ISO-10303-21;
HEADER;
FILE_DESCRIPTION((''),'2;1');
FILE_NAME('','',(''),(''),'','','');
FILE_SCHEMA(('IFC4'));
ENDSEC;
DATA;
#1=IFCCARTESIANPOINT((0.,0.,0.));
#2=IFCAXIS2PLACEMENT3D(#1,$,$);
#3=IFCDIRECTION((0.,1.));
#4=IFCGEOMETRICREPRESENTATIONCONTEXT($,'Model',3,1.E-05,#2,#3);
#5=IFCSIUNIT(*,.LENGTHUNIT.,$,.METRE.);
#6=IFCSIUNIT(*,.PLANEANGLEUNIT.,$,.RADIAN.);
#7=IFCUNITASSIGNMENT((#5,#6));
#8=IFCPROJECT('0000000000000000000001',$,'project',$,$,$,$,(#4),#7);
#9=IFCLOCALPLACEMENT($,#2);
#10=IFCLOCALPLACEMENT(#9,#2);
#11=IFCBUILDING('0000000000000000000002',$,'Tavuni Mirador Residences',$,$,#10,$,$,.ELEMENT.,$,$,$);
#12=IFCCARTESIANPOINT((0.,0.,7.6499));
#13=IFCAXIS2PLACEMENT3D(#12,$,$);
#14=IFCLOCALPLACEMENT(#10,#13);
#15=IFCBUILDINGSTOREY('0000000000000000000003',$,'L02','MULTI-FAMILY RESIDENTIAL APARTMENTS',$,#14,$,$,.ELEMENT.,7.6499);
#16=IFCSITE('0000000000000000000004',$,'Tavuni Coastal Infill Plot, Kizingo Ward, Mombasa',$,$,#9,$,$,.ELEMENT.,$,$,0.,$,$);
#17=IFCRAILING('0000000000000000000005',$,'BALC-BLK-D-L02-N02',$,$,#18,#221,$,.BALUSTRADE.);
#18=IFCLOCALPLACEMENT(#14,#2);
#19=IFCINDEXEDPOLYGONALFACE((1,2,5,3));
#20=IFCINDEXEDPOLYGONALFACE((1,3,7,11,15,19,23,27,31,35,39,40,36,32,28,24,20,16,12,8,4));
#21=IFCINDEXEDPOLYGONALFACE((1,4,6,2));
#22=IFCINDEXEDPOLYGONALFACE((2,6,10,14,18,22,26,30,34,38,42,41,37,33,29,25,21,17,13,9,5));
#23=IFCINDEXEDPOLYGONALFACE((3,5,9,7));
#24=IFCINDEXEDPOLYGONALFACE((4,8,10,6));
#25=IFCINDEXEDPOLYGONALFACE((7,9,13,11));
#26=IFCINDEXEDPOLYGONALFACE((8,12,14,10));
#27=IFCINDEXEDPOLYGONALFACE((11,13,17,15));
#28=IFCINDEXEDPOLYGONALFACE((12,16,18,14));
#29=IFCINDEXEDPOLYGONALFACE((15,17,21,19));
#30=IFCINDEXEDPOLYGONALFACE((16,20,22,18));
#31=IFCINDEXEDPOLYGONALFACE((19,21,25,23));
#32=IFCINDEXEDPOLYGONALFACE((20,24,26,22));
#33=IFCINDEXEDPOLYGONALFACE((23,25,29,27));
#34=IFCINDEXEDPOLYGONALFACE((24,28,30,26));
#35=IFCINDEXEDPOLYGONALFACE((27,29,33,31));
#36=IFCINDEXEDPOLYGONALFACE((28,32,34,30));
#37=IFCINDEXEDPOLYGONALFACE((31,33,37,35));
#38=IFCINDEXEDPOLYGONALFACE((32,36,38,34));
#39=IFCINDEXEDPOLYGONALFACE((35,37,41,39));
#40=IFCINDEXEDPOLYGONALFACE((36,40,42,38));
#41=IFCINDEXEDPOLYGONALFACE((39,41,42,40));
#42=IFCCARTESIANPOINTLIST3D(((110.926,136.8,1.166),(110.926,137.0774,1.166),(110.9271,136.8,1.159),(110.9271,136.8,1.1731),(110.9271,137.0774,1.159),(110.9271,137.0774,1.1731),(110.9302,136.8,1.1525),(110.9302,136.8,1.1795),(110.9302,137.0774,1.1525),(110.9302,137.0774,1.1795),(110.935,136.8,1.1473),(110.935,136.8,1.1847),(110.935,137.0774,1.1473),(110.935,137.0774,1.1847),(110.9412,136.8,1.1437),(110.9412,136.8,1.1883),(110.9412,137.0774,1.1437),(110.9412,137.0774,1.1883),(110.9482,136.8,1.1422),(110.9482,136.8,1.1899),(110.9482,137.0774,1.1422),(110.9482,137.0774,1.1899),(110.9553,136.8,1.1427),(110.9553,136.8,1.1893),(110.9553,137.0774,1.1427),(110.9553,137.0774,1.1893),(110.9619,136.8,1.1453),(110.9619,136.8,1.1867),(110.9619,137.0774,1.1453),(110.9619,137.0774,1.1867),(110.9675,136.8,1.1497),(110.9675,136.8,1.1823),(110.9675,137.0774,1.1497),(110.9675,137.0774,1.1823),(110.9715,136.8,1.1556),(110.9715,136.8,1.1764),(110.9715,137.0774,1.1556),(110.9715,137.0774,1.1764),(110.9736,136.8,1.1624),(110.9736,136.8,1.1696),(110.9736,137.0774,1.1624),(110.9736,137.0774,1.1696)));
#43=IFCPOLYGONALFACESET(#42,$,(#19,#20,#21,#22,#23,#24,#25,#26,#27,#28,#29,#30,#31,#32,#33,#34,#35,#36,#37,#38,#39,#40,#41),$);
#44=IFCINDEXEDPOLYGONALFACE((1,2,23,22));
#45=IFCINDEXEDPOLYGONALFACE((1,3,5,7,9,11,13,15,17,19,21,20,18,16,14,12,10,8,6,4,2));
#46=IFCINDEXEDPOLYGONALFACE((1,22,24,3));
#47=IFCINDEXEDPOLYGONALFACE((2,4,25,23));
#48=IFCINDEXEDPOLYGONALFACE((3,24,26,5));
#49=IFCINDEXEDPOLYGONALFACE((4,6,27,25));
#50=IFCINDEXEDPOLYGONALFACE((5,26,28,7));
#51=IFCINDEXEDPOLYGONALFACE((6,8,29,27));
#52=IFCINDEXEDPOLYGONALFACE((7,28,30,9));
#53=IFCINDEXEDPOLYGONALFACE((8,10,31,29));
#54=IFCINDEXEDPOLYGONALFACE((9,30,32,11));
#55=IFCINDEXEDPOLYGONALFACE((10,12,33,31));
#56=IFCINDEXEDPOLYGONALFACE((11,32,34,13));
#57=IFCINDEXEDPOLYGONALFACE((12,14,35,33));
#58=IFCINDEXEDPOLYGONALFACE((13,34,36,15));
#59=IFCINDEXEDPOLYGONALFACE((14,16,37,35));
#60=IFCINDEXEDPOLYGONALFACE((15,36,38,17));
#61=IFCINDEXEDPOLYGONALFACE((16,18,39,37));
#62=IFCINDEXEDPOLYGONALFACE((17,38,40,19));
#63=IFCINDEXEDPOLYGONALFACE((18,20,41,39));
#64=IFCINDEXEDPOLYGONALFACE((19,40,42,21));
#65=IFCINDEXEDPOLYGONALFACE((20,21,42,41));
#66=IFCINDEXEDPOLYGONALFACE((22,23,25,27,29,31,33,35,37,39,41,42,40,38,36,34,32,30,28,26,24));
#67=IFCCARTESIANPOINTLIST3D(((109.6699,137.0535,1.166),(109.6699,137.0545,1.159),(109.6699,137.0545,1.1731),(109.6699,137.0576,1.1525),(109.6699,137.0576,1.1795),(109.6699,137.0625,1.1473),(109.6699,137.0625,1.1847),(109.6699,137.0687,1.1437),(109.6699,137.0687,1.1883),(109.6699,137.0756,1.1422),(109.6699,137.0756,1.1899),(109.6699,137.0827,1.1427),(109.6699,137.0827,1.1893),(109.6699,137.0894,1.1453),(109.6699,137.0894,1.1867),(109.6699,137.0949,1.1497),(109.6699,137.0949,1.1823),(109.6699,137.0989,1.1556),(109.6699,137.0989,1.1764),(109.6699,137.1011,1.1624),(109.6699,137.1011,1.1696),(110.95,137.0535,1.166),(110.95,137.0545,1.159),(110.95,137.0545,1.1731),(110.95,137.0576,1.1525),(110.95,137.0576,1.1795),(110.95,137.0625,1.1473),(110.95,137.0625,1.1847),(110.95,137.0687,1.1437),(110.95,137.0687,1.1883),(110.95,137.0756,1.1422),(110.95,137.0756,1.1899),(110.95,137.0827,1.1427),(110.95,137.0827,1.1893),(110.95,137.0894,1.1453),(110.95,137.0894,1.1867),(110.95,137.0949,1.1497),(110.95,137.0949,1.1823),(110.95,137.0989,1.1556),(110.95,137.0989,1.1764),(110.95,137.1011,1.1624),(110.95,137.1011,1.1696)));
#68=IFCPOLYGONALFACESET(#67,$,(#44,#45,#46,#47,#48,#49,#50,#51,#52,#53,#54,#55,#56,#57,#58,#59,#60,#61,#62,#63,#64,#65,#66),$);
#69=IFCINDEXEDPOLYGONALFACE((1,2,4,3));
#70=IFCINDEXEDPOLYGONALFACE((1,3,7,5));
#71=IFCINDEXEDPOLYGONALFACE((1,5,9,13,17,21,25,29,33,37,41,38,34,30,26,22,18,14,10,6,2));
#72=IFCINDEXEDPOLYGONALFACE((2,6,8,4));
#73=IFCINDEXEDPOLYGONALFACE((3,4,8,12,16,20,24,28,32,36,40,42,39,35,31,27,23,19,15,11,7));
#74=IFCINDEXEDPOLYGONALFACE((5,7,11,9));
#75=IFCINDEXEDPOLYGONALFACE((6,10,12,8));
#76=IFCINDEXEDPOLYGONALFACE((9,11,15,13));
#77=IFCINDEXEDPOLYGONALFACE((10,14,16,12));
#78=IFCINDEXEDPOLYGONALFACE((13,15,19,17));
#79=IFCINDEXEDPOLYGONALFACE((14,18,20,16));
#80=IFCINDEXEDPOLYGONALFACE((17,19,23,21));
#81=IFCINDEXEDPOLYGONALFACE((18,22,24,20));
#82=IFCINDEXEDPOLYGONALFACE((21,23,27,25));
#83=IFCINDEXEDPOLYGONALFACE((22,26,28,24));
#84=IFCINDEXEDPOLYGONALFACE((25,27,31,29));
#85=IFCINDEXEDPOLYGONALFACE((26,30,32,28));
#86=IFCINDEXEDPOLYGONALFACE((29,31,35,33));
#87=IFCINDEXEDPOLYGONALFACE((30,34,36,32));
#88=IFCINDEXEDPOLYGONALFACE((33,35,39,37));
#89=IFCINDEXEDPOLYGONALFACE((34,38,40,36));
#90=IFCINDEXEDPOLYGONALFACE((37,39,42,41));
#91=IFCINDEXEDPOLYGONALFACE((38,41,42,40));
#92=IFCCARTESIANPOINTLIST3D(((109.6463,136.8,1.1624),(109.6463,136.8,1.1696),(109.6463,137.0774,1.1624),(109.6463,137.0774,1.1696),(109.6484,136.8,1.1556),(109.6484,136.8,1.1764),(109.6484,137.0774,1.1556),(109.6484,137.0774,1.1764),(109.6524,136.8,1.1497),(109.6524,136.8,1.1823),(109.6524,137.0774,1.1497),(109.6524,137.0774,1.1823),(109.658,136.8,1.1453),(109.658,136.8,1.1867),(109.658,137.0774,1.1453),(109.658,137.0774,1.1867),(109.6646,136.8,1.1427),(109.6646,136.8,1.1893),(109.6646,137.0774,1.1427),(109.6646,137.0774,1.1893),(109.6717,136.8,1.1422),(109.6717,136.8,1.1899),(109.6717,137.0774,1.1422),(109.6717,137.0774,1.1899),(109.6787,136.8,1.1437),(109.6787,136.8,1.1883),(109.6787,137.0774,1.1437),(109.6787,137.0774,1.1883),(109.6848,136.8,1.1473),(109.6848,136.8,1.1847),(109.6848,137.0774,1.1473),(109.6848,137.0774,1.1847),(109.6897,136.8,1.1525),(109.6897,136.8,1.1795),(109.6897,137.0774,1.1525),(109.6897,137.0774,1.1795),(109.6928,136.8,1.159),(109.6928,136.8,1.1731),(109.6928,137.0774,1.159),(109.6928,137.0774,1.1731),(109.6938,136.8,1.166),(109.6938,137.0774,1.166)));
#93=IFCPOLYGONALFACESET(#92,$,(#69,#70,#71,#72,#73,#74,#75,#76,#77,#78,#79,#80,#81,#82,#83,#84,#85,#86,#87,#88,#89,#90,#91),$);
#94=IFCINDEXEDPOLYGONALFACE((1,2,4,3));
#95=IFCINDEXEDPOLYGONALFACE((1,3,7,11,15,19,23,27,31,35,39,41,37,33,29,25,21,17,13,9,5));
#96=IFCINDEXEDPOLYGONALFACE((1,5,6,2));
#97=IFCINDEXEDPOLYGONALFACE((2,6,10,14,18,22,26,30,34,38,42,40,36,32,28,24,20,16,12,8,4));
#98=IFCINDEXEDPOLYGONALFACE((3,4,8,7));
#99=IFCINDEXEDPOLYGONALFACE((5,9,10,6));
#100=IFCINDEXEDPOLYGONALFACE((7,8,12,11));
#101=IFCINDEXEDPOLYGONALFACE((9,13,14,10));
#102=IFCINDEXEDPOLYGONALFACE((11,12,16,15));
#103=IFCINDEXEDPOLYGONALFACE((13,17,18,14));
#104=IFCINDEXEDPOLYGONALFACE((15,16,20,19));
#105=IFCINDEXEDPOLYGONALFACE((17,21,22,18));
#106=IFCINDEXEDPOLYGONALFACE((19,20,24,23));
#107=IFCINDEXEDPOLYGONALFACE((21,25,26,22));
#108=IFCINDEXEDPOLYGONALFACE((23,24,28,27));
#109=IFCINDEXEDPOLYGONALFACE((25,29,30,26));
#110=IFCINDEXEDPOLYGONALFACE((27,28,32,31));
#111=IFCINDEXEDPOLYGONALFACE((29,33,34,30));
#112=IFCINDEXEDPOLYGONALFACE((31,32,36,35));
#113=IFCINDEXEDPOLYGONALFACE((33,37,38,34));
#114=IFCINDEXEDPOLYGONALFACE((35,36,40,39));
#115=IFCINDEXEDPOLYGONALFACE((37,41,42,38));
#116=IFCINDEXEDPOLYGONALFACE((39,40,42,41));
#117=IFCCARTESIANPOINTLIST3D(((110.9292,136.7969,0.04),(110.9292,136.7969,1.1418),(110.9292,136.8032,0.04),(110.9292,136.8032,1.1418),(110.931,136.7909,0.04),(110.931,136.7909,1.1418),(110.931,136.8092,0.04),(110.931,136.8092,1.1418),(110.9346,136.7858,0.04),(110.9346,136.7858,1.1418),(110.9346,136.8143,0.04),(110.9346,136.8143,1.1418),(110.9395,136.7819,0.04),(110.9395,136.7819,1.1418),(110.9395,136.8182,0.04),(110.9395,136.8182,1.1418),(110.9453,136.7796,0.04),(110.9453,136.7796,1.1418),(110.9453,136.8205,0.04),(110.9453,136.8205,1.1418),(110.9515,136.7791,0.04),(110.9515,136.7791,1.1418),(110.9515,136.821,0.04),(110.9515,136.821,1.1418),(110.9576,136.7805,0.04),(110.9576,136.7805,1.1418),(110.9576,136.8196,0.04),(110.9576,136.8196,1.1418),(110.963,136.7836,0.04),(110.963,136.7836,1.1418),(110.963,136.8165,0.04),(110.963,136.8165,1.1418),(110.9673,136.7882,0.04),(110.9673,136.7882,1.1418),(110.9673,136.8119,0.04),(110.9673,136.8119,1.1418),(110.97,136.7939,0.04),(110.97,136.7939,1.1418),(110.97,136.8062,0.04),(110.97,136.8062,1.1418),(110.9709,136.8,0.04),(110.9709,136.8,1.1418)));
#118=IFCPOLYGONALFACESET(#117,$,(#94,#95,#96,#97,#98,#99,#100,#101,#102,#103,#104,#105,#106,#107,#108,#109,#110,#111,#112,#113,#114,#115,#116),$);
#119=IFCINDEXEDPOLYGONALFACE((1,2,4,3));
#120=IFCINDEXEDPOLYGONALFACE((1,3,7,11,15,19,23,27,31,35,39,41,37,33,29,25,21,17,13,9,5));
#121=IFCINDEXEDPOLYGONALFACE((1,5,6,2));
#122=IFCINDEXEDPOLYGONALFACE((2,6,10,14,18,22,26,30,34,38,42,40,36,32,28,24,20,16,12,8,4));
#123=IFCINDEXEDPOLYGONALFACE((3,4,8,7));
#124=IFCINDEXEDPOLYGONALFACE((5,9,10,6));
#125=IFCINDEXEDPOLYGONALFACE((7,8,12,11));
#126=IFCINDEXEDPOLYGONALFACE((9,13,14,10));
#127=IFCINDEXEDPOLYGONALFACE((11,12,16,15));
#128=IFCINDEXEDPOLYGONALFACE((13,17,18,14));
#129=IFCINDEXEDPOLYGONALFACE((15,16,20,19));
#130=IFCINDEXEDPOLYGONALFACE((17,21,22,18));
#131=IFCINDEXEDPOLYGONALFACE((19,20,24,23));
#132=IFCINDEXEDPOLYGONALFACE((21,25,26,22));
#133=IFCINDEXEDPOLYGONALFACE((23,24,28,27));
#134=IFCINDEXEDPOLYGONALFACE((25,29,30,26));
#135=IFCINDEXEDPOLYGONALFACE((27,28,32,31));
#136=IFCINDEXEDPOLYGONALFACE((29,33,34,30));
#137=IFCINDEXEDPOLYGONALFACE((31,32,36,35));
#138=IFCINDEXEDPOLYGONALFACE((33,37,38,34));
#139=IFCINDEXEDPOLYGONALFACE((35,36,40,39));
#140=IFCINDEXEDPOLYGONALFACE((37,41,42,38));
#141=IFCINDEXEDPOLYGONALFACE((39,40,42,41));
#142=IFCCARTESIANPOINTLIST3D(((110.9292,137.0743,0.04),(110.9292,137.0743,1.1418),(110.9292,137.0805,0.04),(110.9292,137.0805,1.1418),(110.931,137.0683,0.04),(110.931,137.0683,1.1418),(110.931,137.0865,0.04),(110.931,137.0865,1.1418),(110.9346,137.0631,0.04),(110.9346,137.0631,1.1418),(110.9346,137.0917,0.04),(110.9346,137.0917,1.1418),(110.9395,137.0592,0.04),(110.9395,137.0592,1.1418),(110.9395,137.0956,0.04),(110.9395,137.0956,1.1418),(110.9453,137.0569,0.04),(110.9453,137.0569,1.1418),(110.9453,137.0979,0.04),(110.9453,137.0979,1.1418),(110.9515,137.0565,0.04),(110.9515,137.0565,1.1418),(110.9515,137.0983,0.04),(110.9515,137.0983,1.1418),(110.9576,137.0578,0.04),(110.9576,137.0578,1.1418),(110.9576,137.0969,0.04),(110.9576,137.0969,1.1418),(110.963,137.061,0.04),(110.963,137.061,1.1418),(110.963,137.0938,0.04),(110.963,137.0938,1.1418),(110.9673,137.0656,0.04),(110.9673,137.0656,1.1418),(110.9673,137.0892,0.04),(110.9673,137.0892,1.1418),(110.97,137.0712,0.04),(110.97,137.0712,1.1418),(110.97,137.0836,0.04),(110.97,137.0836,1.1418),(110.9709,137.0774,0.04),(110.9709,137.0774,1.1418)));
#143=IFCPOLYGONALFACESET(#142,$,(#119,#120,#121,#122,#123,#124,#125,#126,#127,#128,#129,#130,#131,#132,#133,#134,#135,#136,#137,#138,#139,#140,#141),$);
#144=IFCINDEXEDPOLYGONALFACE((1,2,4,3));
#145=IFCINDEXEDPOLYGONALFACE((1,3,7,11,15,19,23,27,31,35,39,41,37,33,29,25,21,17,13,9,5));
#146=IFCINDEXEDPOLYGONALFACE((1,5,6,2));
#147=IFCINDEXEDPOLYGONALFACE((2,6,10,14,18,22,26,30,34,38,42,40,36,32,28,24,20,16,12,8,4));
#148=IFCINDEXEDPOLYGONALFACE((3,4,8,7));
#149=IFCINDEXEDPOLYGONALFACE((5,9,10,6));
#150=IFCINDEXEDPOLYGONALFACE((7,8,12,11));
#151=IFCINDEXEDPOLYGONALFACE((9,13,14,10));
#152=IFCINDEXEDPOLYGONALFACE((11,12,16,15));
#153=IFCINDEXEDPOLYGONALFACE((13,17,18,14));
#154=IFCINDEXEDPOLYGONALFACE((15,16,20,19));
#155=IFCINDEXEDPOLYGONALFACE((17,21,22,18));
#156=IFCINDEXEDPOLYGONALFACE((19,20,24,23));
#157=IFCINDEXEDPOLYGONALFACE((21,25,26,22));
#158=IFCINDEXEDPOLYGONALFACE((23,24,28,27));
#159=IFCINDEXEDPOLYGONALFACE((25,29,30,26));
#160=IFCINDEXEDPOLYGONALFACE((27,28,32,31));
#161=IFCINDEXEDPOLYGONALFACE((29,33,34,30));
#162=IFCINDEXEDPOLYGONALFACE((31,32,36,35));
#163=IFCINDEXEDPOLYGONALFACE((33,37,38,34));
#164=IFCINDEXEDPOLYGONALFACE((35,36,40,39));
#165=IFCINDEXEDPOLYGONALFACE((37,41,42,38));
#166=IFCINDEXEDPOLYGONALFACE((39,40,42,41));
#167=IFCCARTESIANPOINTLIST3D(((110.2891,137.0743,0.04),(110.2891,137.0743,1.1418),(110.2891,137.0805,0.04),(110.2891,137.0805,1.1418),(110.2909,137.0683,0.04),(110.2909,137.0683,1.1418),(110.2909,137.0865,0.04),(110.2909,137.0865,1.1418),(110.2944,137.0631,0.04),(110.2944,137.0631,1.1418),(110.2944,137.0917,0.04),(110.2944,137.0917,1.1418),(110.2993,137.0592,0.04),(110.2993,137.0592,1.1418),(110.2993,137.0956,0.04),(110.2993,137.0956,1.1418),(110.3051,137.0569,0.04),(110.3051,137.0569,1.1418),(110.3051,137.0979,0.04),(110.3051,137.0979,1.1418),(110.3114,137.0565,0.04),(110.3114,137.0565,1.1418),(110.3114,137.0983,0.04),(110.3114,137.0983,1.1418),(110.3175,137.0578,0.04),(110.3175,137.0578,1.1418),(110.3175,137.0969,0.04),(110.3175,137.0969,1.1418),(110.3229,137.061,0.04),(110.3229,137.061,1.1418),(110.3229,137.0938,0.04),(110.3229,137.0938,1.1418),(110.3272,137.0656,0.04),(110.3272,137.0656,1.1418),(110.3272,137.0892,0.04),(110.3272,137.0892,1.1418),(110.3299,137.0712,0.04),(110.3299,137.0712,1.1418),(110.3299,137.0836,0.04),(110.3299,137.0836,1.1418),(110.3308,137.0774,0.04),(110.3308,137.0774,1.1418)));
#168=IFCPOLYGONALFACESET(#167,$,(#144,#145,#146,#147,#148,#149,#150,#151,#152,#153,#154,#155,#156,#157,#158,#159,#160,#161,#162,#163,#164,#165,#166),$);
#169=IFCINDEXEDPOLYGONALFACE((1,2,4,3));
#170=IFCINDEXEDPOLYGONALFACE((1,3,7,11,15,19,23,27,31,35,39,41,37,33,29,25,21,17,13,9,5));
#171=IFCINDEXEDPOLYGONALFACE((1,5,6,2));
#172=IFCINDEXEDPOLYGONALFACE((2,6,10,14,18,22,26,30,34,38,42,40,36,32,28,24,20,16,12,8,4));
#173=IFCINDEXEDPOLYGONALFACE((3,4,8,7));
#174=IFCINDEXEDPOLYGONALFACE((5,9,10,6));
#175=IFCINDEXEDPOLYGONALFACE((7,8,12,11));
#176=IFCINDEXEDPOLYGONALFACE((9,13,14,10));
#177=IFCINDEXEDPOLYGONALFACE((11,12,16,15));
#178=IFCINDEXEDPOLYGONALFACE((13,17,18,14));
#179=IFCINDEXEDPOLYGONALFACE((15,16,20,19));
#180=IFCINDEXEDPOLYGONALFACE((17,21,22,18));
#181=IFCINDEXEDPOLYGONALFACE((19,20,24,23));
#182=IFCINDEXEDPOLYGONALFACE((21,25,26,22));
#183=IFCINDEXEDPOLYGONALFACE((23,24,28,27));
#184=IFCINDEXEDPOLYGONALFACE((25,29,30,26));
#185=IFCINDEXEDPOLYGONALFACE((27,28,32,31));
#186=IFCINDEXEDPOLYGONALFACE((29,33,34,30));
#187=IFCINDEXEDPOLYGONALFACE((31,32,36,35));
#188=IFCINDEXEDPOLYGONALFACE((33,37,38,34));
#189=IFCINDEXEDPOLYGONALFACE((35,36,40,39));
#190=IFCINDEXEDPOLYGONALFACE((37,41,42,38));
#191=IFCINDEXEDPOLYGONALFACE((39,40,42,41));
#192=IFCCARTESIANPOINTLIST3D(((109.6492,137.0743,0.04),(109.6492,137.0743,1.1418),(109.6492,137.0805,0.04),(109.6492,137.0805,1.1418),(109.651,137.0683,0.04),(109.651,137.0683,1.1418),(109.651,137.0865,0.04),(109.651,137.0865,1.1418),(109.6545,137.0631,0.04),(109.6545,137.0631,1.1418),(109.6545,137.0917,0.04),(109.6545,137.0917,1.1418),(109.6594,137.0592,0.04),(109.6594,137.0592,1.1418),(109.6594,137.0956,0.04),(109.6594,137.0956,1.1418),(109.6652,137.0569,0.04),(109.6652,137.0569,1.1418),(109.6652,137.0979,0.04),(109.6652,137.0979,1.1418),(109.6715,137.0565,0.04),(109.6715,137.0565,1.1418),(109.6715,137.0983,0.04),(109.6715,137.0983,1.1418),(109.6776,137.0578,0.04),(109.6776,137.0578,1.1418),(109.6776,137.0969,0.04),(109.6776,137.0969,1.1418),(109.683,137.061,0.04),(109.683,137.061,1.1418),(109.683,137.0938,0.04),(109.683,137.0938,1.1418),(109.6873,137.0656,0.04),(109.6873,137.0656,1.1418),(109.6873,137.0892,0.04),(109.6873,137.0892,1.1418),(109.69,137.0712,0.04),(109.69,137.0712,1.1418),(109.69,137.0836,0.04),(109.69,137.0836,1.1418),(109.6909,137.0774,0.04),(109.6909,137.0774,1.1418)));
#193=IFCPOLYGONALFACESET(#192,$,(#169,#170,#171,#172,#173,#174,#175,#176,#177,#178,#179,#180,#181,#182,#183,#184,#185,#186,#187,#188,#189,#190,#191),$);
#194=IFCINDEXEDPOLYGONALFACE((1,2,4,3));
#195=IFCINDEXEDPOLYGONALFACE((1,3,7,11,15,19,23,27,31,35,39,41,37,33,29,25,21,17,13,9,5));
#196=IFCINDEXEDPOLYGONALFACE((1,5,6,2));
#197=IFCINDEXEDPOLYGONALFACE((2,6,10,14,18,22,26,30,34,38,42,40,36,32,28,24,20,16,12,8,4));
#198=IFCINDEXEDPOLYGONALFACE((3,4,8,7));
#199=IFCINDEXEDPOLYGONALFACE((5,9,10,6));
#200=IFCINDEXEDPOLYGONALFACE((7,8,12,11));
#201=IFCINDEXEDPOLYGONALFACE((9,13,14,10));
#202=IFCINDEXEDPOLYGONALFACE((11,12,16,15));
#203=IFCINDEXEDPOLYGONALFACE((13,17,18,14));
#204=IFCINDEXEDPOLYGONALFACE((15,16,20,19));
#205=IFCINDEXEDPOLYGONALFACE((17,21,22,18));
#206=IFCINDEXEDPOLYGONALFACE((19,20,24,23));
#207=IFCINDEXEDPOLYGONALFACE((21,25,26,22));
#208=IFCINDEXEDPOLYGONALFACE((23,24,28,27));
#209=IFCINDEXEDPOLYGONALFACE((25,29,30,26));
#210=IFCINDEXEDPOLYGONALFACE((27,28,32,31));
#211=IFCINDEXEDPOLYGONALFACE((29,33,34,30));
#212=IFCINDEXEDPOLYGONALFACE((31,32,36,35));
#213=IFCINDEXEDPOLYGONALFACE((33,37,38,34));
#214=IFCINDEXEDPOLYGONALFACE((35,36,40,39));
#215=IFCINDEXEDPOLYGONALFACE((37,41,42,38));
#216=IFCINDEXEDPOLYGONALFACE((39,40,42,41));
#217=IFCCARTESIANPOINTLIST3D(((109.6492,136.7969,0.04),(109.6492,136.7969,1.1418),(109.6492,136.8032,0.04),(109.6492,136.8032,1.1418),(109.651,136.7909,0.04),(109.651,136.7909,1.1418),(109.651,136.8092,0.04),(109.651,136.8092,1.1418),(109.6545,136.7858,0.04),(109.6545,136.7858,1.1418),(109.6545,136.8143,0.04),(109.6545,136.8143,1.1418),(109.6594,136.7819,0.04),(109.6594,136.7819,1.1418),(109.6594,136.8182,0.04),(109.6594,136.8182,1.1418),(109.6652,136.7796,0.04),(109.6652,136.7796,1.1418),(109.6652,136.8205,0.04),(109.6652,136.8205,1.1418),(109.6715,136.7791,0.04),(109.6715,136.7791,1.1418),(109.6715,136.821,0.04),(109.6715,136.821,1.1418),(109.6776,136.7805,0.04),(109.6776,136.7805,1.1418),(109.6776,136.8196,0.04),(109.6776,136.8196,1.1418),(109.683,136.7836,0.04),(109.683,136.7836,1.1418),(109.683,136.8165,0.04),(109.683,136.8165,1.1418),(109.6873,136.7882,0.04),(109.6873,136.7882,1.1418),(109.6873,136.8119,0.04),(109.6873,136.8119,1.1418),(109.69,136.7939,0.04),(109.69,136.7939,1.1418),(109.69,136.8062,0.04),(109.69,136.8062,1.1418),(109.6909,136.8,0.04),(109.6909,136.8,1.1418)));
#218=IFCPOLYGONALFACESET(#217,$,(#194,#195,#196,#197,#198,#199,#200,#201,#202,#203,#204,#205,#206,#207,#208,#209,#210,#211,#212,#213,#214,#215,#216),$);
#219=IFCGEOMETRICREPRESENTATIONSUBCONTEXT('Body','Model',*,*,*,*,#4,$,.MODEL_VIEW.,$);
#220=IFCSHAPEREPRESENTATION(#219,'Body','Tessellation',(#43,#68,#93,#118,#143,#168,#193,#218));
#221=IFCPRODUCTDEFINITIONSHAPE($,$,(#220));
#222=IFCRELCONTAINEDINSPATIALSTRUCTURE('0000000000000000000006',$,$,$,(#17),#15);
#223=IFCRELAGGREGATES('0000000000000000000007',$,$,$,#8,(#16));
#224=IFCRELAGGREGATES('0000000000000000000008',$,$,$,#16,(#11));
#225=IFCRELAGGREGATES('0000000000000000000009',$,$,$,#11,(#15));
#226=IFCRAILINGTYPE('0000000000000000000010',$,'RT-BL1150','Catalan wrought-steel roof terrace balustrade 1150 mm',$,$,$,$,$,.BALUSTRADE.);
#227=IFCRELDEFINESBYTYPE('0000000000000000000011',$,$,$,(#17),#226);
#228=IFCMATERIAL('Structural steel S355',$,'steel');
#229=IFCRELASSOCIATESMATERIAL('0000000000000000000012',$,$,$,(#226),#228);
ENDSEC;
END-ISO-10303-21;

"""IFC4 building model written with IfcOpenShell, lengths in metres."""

from ifc_helpers import new_model, si_unit, direction, frame, origin, origin_2d, place, context, subcontext, project, spatial, circle, extrude, material, type_object, element, save


model = new_model("IFC4")

# Units and contexts
model_context = context("Model", 3, precision=1e-05, world=origin(), true_north=direction((0.0, 1.0)))
body_context = subcontext(model_context, "Body", "Model", "MODEL_VIEW")
ifc_project = project(units=[si_unit("LENGTHUNIT", "METRE"), si_unit("PLANEANGLEUNIT", "RADIAN")], contexts=[model_context])

# Site, building, storey
site_placement = place(None, origin())
site = spatial("IfcSite", under=ifc_project, at=site_placement, Name="Tavuni Coastal Infill Plot, Kizingo Ward, Mombasa", CompositionType="ELEMENT", RefElevation=0.0)
building_placement = place(site_placement, origin())
building = spatial("IfcBuilding", under=site, at=building_placement, Name="Tavuni Mirador Residences", CompositionType="ELEMENT")
storey_placement = place(building_placement, frame((0.0, 0.0, 7.6499)))
storey = spatial("IfcBuildingStorey", under=building, at=storey_placement, Name="L02", Description="MULTI-FAMILY RESIDENTIAL APARTMENTS", CompositionType="ELEMENT", Elevation=7.6499)

# Railing
ifc_material_1 = material(Name="Structural steel S355", Category="steel")
railing_type = type_object("IfcRailingType", Name="RT-BL1150", Description="Catalan wrought-steel roof terrace balustrade 1150 mm", PredefinedType="BALUSTRADE", material=ifc_material_1)
railing_placement = place(storey_placement, frame((110.95, 136.8, 0.04)))
element("IfcRailing", 1, at=railing_placement, inside=storey, type_object=railing_type, Name="BALC-BLK-D-L02-N02", PredefinedType="BALUSTRADE", context=body_context, shape_type="SweptSolid", body=[
    extrude(circle(Radius=0.0239, at=origin_2d()), frame((0.0, 0.0, 1.126), z_axis=(0.0, 1.0, 0.0), x_axis=(-1.0, 0.0, 0.0)), (0.0, 0.0, 1.0), 0.2773),
    extrude(circle(Radius=0.0239, at=origin_2d()), frame((0.0, 0.2773, 1.126), z_axis=(-1.0, 0.0, 0.0), x_axis=(0.0, -1.0, 0.0)), (0.0, 0.0, 1.0), 1.28),
    extrude(circle(Radius=0.0239, at=origin_2d()), frame((-1.28, 0.2773, 1.126), z_axis=(0.0, -1.0, 0.0), x_axis=(1.0, 0.0, 0.0)), (0.0, 0.0, 1.0), 0.2773),
    extrude(circle(Radius=0.021, at=origin_2d()), origin(), (0.0, 0.0, 1.0), 1.1018),
    extrude(circle(Radius=0.021, at=origin_2d()), frame((0.0, 0.2773, 0.0)), (0.0, 0.0, 1.0), 1.1018),
    extrude(circle(Radius=0.021, at=origin_2d()), frame((-0.6401, 0.2773, 0.0)), (0.0, 0.0, 1.0), 1.1018),
    extrude(circle(Radius=0.021, at=origin_2d()), frame((-1.28, 0.2773, 0.0)), (0.0, 0.0, 1.0), 1.1018),
    extrude(circle(Radius=0.021, at=origin_2d()), frame((-1.28, 0.0, 0.0)), (0.0, 0.0, 1.0), 1.1018),
])

save(model, "model.ifc")
